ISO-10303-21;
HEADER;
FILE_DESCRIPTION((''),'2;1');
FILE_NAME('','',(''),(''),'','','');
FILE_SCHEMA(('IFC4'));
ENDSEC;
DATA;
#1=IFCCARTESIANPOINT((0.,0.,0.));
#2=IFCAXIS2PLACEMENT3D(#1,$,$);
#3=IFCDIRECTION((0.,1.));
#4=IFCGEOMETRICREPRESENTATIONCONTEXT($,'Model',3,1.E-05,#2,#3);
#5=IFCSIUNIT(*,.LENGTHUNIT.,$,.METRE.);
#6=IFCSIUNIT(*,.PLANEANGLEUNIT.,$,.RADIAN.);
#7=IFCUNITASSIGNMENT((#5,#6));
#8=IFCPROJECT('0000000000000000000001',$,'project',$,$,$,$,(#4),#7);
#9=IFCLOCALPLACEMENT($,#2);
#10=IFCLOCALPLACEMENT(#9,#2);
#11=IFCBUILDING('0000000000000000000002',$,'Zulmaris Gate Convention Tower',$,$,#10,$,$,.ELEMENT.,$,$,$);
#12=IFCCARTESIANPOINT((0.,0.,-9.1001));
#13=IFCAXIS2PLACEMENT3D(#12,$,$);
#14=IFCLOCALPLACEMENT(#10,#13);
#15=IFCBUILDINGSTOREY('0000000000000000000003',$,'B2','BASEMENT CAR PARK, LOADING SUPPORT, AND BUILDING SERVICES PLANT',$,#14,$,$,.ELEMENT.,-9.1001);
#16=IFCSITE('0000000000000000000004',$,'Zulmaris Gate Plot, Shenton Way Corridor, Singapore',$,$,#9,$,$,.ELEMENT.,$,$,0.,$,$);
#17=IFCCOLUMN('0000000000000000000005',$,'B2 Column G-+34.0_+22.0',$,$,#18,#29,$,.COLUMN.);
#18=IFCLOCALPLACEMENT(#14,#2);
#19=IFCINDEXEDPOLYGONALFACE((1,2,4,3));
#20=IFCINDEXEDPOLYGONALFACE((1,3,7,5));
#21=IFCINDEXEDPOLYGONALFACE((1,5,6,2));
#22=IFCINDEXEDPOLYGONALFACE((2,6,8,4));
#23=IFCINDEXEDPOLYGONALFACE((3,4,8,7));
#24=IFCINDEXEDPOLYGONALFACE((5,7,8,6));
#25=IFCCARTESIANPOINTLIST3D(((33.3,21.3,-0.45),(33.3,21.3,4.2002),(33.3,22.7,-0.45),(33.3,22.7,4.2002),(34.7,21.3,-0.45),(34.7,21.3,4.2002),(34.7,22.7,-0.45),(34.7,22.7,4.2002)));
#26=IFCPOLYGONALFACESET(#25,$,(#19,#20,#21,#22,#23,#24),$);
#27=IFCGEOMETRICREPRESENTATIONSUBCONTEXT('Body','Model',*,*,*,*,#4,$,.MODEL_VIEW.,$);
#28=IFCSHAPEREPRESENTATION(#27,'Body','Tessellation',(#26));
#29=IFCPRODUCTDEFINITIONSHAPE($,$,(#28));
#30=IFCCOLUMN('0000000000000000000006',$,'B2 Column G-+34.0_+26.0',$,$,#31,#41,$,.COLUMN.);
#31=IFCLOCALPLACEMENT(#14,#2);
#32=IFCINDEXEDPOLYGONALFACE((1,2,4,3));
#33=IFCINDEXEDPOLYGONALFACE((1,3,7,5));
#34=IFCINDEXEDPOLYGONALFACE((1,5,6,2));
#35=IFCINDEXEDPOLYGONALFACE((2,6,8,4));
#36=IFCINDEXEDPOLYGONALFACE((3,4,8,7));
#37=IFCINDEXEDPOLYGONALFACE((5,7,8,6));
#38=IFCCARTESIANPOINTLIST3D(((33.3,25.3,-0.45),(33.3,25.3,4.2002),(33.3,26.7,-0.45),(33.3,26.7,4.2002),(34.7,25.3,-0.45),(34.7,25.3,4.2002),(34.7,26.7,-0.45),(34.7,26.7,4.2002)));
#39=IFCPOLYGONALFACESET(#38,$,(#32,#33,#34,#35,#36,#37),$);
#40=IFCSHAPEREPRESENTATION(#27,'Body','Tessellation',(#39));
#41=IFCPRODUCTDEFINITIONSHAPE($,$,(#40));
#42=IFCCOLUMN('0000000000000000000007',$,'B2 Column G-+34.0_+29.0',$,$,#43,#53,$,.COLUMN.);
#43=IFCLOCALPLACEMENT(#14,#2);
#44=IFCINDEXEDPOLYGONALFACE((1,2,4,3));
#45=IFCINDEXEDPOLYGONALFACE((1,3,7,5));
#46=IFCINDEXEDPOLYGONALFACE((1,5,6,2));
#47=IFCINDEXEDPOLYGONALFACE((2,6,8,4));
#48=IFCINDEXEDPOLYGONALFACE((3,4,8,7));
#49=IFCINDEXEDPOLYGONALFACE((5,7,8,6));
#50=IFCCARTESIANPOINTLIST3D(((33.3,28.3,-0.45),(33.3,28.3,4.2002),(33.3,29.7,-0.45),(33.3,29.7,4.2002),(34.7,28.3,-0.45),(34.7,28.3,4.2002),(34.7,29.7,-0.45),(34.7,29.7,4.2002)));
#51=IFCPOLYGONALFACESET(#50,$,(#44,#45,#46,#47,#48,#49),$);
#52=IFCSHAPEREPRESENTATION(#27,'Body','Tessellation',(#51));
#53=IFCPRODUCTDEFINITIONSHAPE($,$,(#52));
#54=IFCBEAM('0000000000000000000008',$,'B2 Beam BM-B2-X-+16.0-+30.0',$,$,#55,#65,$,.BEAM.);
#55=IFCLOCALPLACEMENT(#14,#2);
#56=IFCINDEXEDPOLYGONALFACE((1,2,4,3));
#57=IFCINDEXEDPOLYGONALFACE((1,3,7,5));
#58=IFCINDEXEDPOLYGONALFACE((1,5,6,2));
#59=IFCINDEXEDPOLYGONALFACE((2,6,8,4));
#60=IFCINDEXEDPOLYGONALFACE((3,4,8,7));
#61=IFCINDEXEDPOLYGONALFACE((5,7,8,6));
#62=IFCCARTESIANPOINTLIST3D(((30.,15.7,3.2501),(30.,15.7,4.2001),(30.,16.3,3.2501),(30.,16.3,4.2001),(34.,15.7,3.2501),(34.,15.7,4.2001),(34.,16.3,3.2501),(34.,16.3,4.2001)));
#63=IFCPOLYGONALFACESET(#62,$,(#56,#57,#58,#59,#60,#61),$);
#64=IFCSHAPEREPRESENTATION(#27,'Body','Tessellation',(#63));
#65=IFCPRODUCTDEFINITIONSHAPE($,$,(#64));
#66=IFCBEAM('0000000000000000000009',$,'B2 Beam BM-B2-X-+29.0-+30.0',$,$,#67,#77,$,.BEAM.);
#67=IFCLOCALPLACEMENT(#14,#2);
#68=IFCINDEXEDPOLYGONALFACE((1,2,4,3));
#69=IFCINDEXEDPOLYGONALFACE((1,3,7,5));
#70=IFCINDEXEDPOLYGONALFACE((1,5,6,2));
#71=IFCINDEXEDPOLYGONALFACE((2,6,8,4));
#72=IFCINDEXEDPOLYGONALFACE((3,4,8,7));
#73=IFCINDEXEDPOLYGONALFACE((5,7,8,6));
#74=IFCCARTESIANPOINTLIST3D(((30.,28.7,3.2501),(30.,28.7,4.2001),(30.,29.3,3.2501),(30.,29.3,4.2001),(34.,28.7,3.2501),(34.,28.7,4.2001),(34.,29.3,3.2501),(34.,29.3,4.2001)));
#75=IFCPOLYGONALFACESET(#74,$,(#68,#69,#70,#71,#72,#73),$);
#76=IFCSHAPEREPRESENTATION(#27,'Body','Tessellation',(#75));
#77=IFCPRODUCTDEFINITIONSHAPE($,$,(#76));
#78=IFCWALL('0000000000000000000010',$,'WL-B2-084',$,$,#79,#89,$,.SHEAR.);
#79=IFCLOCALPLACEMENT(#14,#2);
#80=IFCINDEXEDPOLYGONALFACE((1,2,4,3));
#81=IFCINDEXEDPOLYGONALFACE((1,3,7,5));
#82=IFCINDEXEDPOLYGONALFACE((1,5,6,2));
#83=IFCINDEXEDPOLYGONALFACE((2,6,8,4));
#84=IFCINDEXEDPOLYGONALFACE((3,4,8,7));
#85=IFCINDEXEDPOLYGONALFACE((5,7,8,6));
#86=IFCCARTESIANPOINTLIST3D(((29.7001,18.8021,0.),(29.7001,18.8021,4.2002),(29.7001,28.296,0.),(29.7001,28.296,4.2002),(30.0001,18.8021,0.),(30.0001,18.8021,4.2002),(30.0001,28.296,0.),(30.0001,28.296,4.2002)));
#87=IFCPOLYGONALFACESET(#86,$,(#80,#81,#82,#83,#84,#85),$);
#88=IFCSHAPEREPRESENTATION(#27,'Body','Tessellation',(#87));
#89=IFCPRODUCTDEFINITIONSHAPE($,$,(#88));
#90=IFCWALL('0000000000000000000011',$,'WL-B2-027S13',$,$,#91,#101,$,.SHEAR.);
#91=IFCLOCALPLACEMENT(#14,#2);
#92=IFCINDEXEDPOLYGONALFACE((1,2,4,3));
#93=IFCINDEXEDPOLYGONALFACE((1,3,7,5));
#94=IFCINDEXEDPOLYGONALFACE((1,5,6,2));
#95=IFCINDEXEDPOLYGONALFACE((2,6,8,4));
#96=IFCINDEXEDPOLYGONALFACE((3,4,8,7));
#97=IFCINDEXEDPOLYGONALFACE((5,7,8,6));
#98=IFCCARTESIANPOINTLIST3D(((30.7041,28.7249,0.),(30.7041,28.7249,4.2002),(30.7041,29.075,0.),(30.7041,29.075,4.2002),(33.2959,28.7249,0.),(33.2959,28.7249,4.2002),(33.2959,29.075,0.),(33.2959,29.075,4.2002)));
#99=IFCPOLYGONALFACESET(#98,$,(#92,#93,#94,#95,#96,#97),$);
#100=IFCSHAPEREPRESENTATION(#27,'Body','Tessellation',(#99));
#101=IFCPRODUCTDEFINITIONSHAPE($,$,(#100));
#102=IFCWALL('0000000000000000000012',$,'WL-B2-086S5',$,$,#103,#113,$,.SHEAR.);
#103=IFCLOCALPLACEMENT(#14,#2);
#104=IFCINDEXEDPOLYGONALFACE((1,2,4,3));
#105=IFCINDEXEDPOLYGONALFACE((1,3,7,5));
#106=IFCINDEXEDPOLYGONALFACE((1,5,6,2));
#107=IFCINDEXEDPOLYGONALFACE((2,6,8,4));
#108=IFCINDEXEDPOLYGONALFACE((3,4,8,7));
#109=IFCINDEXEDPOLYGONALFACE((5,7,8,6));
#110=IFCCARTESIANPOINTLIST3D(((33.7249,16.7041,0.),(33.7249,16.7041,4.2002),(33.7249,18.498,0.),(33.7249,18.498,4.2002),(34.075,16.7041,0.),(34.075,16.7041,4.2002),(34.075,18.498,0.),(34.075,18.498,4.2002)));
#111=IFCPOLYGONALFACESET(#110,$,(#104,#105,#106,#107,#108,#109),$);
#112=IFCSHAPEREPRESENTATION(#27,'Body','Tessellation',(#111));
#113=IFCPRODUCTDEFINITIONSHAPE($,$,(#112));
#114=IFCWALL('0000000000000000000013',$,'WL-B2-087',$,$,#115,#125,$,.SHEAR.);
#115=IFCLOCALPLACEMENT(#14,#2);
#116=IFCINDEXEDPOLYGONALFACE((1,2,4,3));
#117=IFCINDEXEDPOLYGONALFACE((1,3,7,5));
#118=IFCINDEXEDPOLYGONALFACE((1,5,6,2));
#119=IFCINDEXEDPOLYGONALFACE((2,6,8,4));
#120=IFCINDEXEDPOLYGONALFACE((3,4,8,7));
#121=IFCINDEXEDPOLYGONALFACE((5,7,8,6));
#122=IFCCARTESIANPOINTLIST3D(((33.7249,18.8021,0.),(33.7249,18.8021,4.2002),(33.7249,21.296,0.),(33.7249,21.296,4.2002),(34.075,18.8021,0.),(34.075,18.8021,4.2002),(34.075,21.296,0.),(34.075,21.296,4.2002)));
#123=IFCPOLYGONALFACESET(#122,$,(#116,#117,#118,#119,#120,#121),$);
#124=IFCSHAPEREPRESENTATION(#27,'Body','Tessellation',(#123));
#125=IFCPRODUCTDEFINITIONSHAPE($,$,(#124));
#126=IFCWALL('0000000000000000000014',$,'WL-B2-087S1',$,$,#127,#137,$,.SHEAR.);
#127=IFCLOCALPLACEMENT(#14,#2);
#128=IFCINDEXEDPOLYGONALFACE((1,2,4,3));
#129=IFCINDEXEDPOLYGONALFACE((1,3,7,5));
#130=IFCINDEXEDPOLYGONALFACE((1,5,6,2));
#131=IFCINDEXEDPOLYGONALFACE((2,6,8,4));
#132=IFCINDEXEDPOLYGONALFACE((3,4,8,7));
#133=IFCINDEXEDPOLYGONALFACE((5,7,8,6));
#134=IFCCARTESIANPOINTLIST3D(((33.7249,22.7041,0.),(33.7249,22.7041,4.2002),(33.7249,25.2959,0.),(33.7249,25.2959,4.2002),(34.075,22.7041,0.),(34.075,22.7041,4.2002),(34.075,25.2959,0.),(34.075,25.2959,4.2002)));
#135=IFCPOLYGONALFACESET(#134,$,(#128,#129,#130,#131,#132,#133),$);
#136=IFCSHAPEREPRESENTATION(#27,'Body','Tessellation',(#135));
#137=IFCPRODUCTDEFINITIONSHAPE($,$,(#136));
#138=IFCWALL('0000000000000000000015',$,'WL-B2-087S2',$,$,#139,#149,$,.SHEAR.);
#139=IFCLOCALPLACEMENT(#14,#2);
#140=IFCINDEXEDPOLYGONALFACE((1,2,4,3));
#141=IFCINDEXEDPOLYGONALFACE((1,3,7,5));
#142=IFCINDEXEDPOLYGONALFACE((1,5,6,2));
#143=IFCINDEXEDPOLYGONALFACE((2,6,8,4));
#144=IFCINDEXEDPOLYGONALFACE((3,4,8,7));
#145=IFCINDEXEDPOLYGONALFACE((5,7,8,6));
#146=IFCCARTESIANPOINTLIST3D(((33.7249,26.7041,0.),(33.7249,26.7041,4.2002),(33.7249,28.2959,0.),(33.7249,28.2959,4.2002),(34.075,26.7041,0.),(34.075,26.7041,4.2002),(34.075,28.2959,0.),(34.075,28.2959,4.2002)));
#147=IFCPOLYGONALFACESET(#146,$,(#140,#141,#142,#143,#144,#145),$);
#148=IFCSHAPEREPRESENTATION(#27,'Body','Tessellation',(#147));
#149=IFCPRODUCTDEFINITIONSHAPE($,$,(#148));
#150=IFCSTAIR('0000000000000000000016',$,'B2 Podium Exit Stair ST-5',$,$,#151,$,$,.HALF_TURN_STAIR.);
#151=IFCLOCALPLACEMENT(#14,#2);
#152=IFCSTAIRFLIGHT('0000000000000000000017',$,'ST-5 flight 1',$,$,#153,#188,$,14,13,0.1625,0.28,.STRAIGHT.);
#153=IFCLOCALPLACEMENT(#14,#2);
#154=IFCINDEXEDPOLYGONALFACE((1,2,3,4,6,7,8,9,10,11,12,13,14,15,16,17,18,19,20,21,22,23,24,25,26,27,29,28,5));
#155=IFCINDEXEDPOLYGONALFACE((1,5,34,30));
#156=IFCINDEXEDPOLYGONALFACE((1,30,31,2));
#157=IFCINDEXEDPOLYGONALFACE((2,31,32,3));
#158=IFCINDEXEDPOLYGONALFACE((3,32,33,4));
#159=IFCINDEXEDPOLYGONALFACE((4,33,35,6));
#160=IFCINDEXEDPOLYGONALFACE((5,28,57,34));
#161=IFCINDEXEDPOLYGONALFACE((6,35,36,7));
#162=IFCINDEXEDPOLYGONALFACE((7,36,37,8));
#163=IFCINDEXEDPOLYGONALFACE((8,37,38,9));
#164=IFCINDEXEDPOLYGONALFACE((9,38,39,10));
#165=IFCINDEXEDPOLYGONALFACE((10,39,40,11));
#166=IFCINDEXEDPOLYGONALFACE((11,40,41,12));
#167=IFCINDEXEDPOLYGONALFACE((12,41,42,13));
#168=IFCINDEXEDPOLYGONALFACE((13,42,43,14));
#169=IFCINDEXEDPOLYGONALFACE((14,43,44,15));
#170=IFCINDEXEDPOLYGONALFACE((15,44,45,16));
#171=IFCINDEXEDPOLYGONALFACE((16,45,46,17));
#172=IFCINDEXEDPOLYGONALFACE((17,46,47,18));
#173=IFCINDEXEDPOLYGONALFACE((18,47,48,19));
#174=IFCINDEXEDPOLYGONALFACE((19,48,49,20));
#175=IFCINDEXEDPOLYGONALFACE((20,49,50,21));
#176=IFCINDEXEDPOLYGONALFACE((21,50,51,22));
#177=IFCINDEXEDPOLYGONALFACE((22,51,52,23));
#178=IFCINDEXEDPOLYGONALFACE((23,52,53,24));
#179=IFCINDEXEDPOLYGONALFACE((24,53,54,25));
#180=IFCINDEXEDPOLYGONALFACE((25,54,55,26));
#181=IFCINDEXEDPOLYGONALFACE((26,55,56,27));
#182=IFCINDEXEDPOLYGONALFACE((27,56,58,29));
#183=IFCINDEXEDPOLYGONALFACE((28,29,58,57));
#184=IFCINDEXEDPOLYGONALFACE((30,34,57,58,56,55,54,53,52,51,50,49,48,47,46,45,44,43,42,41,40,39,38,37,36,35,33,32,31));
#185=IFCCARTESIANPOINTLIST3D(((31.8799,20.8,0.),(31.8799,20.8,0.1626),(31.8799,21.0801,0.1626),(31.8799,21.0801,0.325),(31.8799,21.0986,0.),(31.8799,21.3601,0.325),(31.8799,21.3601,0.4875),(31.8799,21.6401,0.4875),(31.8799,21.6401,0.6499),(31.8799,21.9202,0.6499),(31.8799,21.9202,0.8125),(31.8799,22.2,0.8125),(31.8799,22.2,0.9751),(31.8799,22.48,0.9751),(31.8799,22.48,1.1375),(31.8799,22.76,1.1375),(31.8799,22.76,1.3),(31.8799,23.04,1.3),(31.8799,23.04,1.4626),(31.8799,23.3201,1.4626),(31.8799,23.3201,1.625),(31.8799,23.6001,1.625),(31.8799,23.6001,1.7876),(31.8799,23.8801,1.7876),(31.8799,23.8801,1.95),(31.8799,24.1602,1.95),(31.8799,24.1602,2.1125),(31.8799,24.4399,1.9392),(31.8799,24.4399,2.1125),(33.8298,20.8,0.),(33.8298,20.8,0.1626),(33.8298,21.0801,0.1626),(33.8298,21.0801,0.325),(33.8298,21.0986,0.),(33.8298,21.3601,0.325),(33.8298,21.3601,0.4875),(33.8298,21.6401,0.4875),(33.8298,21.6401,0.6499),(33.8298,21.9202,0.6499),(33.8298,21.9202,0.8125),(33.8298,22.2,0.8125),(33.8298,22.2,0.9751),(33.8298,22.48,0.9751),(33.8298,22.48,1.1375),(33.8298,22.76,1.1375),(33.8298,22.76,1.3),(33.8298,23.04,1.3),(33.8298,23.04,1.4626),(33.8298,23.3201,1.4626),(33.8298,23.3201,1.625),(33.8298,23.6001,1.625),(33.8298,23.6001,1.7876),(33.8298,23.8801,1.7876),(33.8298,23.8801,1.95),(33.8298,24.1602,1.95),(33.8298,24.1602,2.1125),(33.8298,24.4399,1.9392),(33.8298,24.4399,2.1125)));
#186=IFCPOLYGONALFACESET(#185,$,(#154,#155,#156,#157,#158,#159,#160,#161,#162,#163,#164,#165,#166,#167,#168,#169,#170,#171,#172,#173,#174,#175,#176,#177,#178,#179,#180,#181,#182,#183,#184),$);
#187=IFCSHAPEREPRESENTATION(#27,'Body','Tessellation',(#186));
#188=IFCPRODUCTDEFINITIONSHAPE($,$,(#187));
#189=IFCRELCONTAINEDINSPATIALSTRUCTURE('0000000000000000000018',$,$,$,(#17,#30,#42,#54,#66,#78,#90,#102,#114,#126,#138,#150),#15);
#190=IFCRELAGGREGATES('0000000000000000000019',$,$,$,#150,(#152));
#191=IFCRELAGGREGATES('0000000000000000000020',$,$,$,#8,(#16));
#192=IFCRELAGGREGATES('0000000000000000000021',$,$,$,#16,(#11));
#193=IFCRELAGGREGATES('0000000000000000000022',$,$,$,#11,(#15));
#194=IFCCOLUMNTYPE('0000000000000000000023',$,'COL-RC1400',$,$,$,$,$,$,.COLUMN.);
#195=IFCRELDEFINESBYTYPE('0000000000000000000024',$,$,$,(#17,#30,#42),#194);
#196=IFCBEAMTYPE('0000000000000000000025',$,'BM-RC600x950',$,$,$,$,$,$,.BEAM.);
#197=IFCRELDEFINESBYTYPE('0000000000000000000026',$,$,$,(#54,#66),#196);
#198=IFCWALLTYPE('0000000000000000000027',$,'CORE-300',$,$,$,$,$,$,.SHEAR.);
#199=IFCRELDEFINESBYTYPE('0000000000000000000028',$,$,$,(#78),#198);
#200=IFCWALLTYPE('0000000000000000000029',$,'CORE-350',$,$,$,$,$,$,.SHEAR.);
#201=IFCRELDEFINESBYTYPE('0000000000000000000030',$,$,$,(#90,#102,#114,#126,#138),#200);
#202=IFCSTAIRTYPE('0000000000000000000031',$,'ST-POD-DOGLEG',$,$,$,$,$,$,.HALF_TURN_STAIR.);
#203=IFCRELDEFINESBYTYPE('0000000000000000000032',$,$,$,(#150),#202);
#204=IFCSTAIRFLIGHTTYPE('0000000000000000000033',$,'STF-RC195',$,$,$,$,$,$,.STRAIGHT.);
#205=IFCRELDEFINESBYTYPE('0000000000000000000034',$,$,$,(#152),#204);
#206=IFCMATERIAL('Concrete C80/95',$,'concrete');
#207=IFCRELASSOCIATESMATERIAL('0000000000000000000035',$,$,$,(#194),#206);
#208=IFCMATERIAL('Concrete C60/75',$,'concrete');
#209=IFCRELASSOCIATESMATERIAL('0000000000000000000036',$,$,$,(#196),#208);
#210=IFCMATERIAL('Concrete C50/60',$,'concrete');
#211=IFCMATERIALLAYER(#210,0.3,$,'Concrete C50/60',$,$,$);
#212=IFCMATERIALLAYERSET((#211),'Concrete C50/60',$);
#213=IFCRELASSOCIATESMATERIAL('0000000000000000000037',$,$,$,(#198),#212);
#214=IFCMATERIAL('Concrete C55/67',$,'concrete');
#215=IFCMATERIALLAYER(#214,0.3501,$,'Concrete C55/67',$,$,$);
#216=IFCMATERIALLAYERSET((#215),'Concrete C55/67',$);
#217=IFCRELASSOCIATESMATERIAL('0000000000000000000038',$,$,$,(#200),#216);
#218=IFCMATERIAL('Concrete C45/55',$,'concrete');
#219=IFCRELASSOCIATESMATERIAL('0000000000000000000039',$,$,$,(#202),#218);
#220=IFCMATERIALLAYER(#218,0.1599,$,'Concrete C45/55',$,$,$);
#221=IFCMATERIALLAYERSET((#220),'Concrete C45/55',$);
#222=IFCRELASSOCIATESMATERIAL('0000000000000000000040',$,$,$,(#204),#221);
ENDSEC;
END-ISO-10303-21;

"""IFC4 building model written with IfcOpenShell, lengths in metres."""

from ifc_helpers import new_model, si_unit, direction, frame, frame_2d, origin, origin_2d, place, context, subcontext, project, spatial, polyline, rectangle, outline, extrude, material, layer, layer_set, material_profile, profile_set, type_object, element, aggregate, save


model = new_model("IFC4")

# Units and contexts
model_context = context("Model", 3, precision=1e-05, world=origin(), true_north=direction((0.0, 1.0)))
body_context = subcontext(model_context, "Body", "Model", "MODEL_VIEW")
ifc_project = project(units=[si_unit("LENGTHUNIT", "METRE"), si_unit("PLANEANGLEUNIT", "RADIAN")], contexts=[model_context])

# Site, building, storey
site_placement = place(None, origin())
site = spatial("IfcSite", under=ifc_project, at=site_placement, Name="Zulmaris Gate Plot, Shenton Way Corridor, Singapore", CompositionType="ELEMENT", RefElevation=0.0)
building_placement = place(site_placement, origin())
building = spatial("IfcBuilding", under=site, at=building_placement, Name="Zulmaris Gate Convention Tower", CompositionType="ELEMENT")
storey_placement = place(building_placement, frame((0.0, 0.0, -9.1001)))
storey = spatial("IfcBuildingStorey", under=building, at=storey_placement, Name="B2", Description="BASEMENT CAR PARK, LOADING SUPPORT, AND BUILDING SERVICES PLANT", CompositionType="ELEMENT", Elevation=-9.1001)

# Shared definitions
ifc_material_1 = material(Name="Concrete C50/60", Category="concrete")

# Columns
ifc_material_2 = material(Name="Concrete C80/95", Category="concrete")
ifc_material_profile_1 = material_profile(ifc_material_2, rectangle(XDim=1.3999, YDim=1.3999, at=origin_2d()), Name="RC COL 1400x1400")
ifc_profile_set_1 = profile_set([ifc_material_profile_1], Name="Concrete C80/95")
column_type = type_object("IfcColumnType", Name="COL-RC1400", PredefinedType="COLUMN", material=ifc_profile_set_1)
for number, where, z_axis, x_axis, name in (
    (1, (34.0, 22.0, -0.45), (0.0, 0.0, 1.0), (1.0, 0.0, 0.0), "B2 Column G-+34.0_+22.0"),
    (2, (34.0, 26.0, -0.45), (0.0, 0.0, 1.0), (1.0, 0.0, 0.0), "B2 Column G-+34.0_+26.0"),
    (3, (34.0, 29.0, -0.45), (0.0, 0.0, 1.0), (1.0, 0.0, 0.0), "B2 Column G-+34.0_+29.0"),
):
    element("IfcColumn", number, at=place(storey_placement, frame(where, z_axis=z_axis, x_axis=x_axis)), inside=storey, type_object=column_type, Name=name, PredefinedType="COLUMN", context=body_context, shape_type="SweptSolid", body=[
        extrude(rectangle(XDim=1.3999, YDim=1.3999, at=origin_2d()), origin(), (0.0, 0.0, 1.0), 4.6501),
    ])

# Beams
ifc_material_3 = material(Name="Concrete C60/75", Category="concrete")
ifc_material_profile_2 = material_profile(ifc_material_3, rectangle(XDim=0.6001, YDim=0.95, at=origin_2d()), Name="RC BEAM 600x950")
ifc_profile_set_2 = profile_set([ifc_material_profile_2], Name="Concrete C60/75")
beam_type = type_object("IfcBeamType", Name="BM-RC600x950", PredefinedType="BEAM", material=ifc_profile_set_2)
for number, where, z_axis, x_axis, name in (
    (4, (30.0, 16.0, 3.7251), (1.0, 0.0, 0.0), (0.0, 1.0, 0.0), "B2 Beam BM-B2-X-+16.0-+30.0"),
    (5, (30.0, 29.0, 3.7251), (1.0, 0.0, 0.0), (0.0, 1.0, 0.0), "B2 Beam BM-B2-X-+29.0-+30.0"),
):
    element("IfcBeam", number, at=place(storey_placement, frame(where, z_axis=z_axis, x_axis=x_axis)), inside=storey, type_object=beam_type, Name=name, PredefinedType="BEAM", context=body_context, shape_type="SweptSolid", body=[
        extrude(rectangle(XDim=0.6001, YDim=0.95, at=origin_2d()), origin(), (0.0, 0.0, 1.0), 4.0),
    ])

# Walls
ifc_layer_1 = layer(ifc_material_1, 0.3, Name="Concrete C50/60")
ifc_layer_set_1 = layer_set([ifc_layer_1], Name="Concrete C50/60")
wall_type_1 = type_object("IfcWallType", Name="CORE-300", PredefinedType="SHEAR", material=ifc_layer_set_1)
wall_1_placement = place(storey_placement, frame((29.8501, 18.802, 0.0), z_axis=(0.0, 0.0, 1.0), x_axis=(0.0, 1.0, 0.0)))
element("IfcWall", 6, at=wall_1_placement, inside=storey, type_object=wall_type_1, Name="WL-B2-084", PredefinedType="SHEAR", context=body_context, shape_type="SweptSolid", body=[
    extrude(rectangle(XDim=9.4939, YDim=0.3, at=frame_2d((4.7471, 0.0))), origin(), (0.0, 0.0, 1.0), 4.2002),
])
ifc_material_4 = material(Name="Concrete C55/67", Category="concrete")
ifc_layer_2 = layer(ifc_material_4, 0.3501, Name="Concrete C55/67")
ifc_layer_set_2 = layer_set([ifc_layer_2], Name="Concrete C55/67")
wall_type_2 = type_object("IfcWallType", Name="CORE-350", PredefinedType="SHEAR", material=ifc_layer_set_2)
wall_2_placement = place(storey_placement, frame((30.7041, 28.8999, 0.0), z_axis=(0.0, 0.0, 1.0), x_axis=(1.0, 0.0, 0.0)))
element("IfcWall", 7, at=wall_2_placement, inside=storey, type_object=wall_type_2, Name="WL-B2-027S13", PredefinedType="SHEAR", context=body_context, shape_type="SweptSolid", body=[
    extrude(rectangle(XDim=2.5918, YDim=0.3501, at=frame_2d((1.2959, 0.0))), origin(), (0.0, 0.0, 1.0), 4.2002),
])
wall_3_placement = place(storey_placement, frame((33.8999, 16.7041, 0.0), z_axis=(0.0, 0.0, 1.0), x_axis=(0.0, 1.0, 0.0)))
element("IfcWall", 8, at=wall_3_placement, inside=storey, type_object=wall_type_2, Name="WL-B2-086S5", PredefinedType="SHEAR", context=body_context, shape_type="SweptSolid", body=[
    extrude(rectangle(XDim=1.7939, YDim=0.3501, at=frame_2d((0.897, 0.0))), origin(), (0.0, 0.0, 1.0), 4.2002),
])
wall_4_placement = place(storey_placement, frame((33.8999, 18.802, 0.0), z_axis=(0.0, 0.0, 1.0), x_axis=(0.0, 1.0, 0.0)))
element("IfcWall", 9, at=wall_4_placement, inside=storey, type_object=wall_type_2, Name="WL-B2-087", PredefinedType="SHEAR", context=body_context, shape_type="SweptSolid", body=[
    extrude(rectangle(XDim=2.4939, YDim=0.3501, at=frame_2d((1.2471, 0.0))), origin(), (0.0, 0.0, 1.0), 4.2002),
])
wall_5_placement = place(storey_placement, frame((33.8999, 22.7041, 0.0), z_axis=(0.0, 0.0, 1.0), x_axis=(0.0, 1.0, 0.0)))
element("IfcWall", 10, at=wall_5_placement, inside=storey, type_object=wall_type_2, Name="WL-B2-087S1", PredefinedType="SHEAR", context=body_context, shape_type="SweptSolid", body=[
    extrude(rectangle(XDim=2.5918, YDim=0.3501, at=frame_2d((1.2959, 0.0))), origin(), (0.0, 0.0, 1.0), 4.2002),
])
wall_6_placement = place(storey_placement, frame((33.8999, 26.7041, 0.0), z_axis=(0.0, 0.0, 1.0), x_axis=(0.0, 1.0, 0.0)))
element("IfcWall", 11, at=wall_6_placement, inside=storey, type_object=wall_type_2, Name="WL-B2-087S2", PredefinedType="SHEAR", context=body_context, shape_type="SweptSolid", body=[
    extrude(rectangle(XDim=1.5918, YDim=0.3501, at=frame_2d((0.7959, 0.0))), origin(), (0.0, 0.0, 1.0), 4.2002),
])

# Stair, stair flight
ifc_material_5 = material(Name="Concrete C45/55", Category="concrete")
stair_type = type_object("IfcStairType", Name="ST-POD-DOGLEG", PredefinedType="HALF_TURN_STAIR", material=ifc_material_5)
stair_placement = place(storey_placement, origin())
stair = element("IfcStair", 12, at=stair_placement, inside=storey, type_object=stair_type, Name="B2 Podium Exit Stair ST-5", PredefinedType="HALF_TURN_STAIR")
ifc_layer_3 = layer(ifc_material_5, 0.1599, Name="Concrete C45/55")
ifc_layer_set_3 = layer_set([ifc_layer_3], Name="Concrete C45/55")
stair_flight_type = type_object("IfcStairFlightType", Name="STF-RC195", PredefinedType="STRAIGHT", material=ifc_layer_set_3)
stair_flight_1_placement = place(storey_placement, frame((32.855, 20.8, 0.0), z_axis=(0.0, 0.0, 1.0), x_axis=(0.0, 1.0, 0.0)))
stair_flight_1 = element("IfcStairFlight", 13, at=stair_flight_1_placement, type_object=stair_flight_type, Name="ST-5 flight 1", NumberOfRisers=14, NumberOfTreads=13, PredefinedType="STRAIGHT", RiserHeight=0.1625, TreadLength=0.28, context=body_context, shape_type="SweptSolid", body=[
    extrude(outline(polyline([(0.0, 0.0), (0.0, 0.1626), (0.28, 0.1626), (0.28, 0.325), (0.5601, 0.325), (0.5601, 0.4875), (0.8401, 0.4875), (0.8401, 0.6499), (1.1201, 0.6499), (1.1201, 0.8125), (1.3999, 0.8125), (1.3999, 0.9751), (1.6799, 0.9751), (1.6799, 1.1375), (1.96, 1.1375), (1.96, 1.3), (2.24, 1.3), (2.24, 1.4626), (2.52, 1.4626), (2.52, 1.625), (2.8, 1.625), (2.8, 1.7876), (3.0801, 1.7876), (3.0801, 1.95), (3.3601, 1.95), (3.3601, 2.1125), (3.6399, 2.1125), (3.6399, 2.2751), (3.6399, 1.9392), (0.2986, 0.0), (0.0, 0.0)])), frame((0.0, 0.9751, 0.0), z_axis=(0.0, -1.0, 0.0), x_axis=(1.0, 0.0, 0.0)), (0.0, 0.0, 1.0), 1.95),
])
aggregate(stair, [stair_flight_1])

save(model, "model.ifc")
